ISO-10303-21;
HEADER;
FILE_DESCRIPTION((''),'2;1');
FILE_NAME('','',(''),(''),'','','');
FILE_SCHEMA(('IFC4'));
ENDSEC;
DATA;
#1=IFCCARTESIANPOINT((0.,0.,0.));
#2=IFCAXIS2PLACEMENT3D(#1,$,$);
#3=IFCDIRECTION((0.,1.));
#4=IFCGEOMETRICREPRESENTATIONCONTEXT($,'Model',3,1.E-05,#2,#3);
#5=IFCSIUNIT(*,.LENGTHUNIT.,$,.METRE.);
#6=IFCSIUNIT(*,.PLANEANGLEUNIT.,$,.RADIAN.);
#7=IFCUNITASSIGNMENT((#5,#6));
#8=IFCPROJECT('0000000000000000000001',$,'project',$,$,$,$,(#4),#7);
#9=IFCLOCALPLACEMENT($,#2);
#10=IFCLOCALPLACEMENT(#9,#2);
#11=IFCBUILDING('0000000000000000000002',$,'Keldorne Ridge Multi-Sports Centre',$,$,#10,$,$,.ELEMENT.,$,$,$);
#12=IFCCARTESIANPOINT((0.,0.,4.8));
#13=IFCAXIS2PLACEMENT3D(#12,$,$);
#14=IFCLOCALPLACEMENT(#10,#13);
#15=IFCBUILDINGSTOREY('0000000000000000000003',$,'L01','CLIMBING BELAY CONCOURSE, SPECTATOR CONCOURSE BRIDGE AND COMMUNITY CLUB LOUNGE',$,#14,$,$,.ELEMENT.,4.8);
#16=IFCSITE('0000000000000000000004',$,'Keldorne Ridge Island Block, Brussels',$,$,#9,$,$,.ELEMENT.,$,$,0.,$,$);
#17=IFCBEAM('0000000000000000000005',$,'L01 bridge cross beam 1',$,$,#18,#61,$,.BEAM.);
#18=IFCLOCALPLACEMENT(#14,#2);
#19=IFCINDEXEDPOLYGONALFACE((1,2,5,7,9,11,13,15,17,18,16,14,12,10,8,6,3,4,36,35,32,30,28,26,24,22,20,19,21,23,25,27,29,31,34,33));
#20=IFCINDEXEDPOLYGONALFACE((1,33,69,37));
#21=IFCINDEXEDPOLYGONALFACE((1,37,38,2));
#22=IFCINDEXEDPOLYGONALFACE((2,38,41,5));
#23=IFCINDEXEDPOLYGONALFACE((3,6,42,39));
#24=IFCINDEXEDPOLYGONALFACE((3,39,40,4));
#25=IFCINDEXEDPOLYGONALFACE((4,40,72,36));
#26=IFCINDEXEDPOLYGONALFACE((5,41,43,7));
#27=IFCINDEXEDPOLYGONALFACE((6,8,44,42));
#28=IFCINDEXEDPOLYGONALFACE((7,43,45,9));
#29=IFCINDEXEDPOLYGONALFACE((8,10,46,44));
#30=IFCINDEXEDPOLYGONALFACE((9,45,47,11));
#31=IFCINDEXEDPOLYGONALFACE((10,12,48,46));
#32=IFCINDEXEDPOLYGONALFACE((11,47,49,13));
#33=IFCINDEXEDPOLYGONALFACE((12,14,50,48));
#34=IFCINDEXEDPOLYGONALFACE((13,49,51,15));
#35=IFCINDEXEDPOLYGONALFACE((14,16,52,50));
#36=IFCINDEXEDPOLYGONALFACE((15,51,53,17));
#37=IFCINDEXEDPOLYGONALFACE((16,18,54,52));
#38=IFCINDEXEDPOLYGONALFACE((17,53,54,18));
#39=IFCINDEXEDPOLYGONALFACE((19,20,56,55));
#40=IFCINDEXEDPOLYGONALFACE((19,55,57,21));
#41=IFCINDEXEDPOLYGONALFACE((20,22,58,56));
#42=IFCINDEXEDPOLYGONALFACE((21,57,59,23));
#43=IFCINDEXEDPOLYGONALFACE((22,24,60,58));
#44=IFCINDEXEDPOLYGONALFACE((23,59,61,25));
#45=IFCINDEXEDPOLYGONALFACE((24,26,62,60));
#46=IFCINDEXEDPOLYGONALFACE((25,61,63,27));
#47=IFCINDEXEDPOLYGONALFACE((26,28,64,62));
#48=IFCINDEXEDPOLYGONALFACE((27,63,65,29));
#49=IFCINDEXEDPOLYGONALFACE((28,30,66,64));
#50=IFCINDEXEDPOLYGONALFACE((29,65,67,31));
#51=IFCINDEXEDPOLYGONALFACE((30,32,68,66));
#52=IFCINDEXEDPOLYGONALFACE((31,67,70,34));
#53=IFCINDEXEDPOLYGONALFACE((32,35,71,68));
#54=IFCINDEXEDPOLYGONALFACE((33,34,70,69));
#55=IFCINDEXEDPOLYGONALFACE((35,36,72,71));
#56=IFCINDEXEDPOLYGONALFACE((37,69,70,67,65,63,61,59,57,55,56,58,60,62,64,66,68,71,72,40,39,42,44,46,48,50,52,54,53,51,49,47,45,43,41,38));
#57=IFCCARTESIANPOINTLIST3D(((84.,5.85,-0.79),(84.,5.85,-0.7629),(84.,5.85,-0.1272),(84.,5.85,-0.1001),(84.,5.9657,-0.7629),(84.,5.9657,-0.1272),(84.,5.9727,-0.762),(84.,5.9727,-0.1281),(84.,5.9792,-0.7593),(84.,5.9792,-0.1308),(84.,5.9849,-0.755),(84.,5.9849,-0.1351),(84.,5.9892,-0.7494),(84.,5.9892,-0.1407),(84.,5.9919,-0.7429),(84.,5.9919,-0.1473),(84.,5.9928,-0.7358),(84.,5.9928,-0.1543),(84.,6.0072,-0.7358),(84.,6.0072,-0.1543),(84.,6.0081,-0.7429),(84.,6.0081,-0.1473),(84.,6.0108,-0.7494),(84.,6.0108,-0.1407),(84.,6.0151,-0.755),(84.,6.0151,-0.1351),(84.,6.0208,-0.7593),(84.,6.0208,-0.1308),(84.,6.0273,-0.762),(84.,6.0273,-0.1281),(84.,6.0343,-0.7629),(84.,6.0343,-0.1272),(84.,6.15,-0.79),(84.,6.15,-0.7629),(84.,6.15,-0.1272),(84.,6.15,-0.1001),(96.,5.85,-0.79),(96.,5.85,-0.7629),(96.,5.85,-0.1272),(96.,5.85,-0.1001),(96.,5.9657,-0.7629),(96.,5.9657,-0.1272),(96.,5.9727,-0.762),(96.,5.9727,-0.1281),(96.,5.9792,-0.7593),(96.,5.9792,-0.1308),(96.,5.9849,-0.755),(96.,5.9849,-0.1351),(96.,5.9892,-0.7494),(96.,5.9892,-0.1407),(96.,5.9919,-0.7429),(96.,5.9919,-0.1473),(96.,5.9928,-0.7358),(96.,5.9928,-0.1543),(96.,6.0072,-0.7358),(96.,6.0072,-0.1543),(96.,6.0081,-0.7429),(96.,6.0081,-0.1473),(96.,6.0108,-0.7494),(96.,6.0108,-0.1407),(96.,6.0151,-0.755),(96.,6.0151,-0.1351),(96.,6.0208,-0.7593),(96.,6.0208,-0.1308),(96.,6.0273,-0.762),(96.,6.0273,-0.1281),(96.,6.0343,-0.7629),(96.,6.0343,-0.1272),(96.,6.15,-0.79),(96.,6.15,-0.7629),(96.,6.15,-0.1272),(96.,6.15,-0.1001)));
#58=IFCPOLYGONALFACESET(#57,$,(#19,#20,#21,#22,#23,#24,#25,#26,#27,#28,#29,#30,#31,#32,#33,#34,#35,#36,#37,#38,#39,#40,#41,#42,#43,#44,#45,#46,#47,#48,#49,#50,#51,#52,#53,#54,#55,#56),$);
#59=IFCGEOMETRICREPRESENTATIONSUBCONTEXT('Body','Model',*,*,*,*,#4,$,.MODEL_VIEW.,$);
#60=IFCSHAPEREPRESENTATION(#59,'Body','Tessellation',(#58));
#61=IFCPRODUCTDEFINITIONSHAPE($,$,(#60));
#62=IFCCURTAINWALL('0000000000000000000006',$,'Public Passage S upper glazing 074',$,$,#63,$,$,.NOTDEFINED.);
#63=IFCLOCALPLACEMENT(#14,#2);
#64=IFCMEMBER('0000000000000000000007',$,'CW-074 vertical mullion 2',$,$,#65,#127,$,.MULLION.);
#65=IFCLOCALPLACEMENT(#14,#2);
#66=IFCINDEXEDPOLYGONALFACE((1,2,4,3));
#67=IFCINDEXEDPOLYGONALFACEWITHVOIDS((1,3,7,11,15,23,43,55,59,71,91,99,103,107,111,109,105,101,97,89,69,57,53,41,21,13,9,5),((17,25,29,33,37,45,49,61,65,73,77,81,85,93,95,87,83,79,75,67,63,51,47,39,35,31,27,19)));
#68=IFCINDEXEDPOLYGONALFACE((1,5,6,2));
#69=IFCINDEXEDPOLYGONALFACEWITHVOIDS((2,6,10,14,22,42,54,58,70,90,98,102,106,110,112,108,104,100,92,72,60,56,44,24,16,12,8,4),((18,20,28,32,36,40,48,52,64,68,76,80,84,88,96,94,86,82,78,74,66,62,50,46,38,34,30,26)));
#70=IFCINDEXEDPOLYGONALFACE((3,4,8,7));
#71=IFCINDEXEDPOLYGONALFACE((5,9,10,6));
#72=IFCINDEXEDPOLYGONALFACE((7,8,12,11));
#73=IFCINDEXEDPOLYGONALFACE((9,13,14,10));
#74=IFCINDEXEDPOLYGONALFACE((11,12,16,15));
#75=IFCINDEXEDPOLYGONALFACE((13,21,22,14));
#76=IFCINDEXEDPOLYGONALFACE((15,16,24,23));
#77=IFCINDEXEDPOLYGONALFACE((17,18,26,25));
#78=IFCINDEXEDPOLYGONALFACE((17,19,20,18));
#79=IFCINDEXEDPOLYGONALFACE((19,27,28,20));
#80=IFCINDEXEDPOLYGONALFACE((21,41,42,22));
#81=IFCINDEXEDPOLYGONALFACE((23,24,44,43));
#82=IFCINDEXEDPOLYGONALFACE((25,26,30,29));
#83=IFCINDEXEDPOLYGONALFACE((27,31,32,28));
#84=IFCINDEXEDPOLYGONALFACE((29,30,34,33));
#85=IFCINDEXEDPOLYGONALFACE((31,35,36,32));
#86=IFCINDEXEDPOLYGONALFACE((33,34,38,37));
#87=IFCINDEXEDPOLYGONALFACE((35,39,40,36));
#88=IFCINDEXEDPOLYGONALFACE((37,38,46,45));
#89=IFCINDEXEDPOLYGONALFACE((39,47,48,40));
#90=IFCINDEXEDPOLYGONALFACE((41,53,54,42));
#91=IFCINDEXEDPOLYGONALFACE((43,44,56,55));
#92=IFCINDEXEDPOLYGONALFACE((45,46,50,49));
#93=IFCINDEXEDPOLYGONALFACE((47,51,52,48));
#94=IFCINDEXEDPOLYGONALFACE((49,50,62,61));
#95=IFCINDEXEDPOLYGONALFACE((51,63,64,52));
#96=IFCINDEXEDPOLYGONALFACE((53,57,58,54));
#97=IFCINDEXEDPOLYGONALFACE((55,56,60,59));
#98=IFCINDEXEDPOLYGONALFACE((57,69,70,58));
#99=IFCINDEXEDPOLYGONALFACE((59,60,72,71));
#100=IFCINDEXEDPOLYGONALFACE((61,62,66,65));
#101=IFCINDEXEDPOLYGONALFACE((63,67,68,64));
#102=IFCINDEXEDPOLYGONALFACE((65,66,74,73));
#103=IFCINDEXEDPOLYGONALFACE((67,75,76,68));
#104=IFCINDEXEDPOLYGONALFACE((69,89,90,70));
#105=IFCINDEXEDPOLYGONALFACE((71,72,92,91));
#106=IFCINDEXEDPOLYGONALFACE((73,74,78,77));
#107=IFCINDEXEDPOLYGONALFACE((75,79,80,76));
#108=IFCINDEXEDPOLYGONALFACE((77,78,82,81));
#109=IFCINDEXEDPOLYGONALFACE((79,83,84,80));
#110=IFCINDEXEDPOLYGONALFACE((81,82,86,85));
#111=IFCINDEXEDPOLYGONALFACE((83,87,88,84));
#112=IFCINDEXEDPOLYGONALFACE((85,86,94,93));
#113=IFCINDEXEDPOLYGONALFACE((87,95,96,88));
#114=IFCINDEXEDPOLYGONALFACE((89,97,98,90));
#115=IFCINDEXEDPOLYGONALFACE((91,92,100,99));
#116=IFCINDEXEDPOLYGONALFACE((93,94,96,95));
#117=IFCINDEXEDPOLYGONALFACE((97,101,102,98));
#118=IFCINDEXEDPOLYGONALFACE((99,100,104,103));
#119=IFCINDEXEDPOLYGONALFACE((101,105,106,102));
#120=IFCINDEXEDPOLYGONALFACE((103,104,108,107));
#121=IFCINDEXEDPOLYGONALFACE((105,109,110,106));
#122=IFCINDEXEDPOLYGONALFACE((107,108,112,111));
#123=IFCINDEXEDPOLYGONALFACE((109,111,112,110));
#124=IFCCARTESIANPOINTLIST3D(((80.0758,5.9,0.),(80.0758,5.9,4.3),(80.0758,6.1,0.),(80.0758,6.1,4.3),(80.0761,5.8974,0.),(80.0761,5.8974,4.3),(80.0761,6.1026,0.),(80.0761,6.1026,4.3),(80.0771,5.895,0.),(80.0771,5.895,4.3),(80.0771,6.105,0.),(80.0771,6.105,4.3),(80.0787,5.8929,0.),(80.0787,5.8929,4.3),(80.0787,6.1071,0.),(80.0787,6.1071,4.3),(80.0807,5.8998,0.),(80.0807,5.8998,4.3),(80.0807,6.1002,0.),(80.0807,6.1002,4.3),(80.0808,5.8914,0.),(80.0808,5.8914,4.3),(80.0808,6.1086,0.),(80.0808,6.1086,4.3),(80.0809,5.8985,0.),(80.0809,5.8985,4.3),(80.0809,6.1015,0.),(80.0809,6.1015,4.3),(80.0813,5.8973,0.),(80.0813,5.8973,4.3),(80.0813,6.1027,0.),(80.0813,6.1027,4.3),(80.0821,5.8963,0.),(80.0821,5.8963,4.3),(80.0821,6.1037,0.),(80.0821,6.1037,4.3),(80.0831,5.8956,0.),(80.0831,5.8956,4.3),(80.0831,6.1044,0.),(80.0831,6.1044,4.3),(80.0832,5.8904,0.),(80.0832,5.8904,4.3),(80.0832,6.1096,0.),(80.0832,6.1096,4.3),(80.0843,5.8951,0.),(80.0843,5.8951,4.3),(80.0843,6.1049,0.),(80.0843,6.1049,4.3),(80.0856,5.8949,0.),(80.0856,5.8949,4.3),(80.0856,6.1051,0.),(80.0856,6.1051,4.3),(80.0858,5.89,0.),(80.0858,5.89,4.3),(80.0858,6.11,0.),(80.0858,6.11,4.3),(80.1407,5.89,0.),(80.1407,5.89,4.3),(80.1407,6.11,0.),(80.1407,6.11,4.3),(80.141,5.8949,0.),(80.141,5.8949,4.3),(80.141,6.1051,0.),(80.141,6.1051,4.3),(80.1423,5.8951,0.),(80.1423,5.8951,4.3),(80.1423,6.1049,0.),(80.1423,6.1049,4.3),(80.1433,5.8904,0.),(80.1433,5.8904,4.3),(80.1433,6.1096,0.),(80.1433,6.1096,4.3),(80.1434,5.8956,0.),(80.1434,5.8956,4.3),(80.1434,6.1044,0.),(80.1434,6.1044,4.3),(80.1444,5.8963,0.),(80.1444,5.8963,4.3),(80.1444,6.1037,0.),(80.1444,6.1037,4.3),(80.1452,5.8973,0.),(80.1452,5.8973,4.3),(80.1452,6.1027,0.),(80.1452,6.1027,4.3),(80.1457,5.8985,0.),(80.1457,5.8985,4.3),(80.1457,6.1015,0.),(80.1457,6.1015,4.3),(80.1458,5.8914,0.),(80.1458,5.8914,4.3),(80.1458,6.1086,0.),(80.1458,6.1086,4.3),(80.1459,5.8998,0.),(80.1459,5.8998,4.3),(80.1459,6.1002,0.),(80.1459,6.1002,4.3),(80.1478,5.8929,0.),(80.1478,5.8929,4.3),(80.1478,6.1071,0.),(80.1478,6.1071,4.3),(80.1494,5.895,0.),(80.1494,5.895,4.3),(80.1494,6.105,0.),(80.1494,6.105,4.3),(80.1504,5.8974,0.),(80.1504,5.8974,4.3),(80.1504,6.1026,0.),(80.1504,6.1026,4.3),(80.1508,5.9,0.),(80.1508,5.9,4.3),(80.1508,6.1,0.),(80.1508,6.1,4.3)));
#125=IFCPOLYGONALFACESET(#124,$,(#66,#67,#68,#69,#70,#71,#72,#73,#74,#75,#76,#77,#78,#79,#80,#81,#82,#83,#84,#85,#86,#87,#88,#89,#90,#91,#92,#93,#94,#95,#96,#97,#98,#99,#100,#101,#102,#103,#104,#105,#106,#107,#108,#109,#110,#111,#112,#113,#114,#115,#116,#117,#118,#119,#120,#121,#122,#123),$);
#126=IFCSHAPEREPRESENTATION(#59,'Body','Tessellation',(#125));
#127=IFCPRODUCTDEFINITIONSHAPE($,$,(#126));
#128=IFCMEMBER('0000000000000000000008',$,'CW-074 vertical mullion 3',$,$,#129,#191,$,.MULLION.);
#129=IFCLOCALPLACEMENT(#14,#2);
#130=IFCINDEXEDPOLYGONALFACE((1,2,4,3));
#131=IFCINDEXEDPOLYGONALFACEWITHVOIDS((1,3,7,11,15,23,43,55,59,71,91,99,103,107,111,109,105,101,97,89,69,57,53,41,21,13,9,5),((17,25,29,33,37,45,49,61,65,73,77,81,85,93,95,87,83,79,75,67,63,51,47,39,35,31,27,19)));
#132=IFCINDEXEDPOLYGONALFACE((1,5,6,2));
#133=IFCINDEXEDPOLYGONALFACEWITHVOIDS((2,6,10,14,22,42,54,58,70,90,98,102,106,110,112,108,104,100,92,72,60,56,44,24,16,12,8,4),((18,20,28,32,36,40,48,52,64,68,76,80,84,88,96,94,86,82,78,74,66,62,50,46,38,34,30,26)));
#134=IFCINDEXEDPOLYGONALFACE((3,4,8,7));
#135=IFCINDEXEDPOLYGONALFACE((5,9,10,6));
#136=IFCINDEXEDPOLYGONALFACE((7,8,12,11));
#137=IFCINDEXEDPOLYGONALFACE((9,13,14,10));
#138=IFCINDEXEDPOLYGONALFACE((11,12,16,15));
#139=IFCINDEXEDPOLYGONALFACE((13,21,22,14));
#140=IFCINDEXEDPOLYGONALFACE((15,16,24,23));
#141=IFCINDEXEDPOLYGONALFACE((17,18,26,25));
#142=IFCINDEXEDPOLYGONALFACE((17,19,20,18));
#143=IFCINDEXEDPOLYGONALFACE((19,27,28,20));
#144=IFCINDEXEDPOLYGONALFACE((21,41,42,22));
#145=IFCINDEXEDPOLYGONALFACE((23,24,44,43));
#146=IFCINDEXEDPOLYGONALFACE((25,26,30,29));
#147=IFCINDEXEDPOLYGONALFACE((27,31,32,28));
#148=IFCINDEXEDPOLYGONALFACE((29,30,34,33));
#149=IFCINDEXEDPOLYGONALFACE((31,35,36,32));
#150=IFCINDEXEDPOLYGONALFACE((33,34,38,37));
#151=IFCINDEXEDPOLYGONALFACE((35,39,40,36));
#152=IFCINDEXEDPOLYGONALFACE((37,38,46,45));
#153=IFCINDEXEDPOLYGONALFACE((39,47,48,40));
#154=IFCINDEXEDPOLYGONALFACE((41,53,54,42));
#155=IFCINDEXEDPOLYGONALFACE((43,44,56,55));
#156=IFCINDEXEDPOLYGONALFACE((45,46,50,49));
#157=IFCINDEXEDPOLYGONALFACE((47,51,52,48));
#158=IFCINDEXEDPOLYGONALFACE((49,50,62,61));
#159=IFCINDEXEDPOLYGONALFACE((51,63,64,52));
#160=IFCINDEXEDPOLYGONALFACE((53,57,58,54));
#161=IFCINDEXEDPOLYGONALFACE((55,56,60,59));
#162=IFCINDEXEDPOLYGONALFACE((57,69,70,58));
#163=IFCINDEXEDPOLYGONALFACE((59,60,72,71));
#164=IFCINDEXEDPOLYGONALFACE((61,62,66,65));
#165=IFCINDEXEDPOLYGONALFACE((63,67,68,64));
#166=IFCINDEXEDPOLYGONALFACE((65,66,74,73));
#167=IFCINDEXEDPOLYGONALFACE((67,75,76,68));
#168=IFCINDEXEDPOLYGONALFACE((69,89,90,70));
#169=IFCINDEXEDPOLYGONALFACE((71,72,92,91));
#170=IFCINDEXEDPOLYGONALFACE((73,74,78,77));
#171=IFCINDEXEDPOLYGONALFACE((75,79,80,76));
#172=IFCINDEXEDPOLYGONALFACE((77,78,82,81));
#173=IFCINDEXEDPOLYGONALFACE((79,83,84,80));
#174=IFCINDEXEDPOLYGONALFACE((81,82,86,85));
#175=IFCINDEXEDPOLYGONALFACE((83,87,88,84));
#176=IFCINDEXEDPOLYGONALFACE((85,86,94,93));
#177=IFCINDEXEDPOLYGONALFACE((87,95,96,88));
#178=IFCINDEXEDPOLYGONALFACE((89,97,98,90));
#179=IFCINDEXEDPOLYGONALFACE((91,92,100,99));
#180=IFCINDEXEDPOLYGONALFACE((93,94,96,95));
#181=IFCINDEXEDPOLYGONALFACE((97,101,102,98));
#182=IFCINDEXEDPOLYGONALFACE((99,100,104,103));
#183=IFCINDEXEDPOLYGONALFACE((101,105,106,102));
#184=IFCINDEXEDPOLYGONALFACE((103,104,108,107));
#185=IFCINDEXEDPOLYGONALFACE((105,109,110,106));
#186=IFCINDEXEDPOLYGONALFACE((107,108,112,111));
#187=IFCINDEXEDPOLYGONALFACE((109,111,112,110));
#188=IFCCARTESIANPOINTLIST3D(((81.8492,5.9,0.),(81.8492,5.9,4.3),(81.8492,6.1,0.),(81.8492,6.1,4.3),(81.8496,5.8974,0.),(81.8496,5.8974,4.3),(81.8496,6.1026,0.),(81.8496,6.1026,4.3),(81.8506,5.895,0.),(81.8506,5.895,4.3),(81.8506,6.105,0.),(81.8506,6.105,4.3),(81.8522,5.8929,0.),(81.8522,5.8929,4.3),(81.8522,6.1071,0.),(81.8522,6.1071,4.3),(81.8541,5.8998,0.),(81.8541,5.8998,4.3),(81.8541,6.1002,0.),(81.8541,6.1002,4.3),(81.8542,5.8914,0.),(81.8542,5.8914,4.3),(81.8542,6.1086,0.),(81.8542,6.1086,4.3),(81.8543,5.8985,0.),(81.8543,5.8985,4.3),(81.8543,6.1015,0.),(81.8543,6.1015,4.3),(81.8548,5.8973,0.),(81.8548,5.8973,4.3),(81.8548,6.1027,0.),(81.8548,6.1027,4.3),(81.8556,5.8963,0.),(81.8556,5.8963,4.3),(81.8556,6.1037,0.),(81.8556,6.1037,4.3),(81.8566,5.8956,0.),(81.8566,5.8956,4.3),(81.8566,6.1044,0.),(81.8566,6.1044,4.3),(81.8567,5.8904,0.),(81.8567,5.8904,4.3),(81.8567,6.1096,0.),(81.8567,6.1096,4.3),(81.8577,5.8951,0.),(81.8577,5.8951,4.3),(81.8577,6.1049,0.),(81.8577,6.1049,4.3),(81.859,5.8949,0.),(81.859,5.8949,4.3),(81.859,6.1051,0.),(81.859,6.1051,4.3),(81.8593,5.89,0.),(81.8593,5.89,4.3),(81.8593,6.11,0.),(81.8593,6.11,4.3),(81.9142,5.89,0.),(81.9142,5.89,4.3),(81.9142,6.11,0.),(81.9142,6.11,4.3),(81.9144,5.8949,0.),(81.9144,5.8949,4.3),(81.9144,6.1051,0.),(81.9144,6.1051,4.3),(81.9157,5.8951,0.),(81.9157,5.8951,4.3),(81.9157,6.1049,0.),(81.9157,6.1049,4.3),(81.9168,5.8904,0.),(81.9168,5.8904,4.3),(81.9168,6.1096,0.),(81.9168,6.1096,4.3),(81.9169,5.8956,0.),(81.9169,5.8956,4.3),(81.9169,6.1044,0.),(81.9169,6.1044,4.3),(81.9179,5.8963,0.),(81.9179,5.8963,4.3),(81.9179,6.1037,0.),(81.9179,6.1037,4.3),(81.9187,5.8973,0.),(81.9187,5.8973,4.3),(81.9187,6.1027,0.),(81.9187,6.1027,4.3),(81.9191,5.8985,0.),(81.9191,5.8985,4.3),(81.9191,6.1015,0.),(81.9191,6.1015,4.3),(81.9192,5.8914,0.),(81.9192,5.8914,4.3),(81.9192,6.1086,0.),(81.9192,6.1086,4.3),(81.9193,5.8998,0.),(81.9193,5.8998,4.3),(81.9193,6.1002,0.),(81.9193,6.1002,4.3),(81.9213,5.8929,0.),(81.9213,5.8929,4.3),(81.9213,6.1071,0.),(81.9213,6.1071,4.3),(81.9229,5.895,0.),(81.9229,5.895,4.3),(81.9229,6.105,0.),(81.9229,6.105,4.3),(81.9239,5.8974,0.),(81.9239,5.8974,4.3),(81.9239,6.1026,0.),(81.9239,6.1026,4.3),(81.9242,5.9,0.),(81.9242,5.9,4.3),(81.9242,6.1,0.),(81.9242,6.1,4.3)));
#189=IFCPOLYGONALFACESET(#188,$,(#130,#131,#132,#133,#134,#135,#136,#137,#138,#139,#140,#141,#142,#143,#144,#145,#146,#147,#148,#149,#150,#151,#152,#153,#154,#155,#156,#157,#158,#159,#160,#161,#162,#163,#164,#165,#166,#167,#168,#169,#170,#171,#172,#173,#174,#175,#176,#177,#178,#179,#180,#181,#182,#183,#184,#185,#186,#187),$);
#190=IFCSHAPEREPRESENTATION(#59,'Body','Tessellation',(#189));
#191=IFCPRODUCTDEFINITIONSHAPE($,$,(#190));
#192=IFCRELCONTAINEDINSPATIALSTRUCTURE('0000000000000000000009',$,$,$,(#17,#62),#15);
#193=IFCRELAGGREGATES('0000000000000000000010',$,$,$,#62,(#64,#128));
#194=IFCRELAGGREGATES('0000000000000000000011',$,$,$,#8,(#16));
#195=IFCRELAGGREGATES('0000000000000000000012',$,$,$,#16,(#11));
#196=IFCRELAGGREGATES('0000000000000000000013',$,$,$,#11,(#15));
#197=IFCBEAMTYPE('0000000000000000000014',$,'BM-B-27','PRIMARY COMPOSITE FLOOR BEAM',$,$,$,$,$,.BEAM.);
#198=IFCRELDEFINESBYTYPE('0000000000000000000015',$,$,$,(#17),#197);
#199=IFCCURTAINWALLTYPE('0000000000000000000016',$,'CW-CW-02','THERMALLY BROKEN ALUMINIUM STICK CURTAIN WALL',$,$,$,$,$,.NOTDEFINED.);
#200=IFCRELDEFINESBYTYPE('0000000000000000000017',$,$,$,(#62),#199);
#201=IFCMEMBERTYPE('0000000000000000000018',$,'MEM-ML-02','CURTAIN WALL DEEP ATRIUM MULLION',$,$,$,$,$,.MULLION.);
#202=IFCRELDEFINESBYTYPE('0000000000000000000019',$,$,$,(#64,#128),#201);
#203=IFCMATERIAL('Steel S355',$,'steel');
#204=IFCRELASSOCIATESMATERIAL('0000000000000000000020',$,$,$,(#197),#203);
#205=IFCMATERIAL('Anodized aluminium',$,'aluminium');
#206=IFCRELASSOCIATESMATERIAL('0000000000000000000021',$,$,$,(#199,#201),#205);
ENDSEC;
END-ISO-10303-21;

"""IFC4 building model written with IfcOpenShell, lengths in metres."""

from ifc_helpers import new_model, si_unit, direction, frame, origin, origin_2d, place, context, subcontext, project, spatial, hollow_rectangle, i_section, extrude, material, material_profile, profile_set, type_object, element, aggregate, save


model = new_model("IFC4")

# Units and contexts
model_context = context("Model", 3, precision=1e-05, world=origin(), true_north=direction((0.0, 1.0)))
body_context = subcontext(model_context, "Body", "Model", "MODEL_VIEW")
ifc_project = project(units=[si_unit("LENGTHUNIT", "METRE"), si_unit("PLANEANGLEUNIT", "RADIAN")], contexts=[model_context])

# Site, building, storey
site_placement = place(None, origin())
site = spatial("IfcSite", under=ifc_project, at=site_placement, Name="Keldorne Ridge Island Block, Brussels", CompositionType="ELEMENT", RefElevation=0.0)
building_placement = place(site_placement, origin())
building = spatial("IfcBuilding", under=site, at=building_placement, Name="Keldorne Ridge Multi-Sports Centre", CompositionType="ELEMENT")
storey_placement = place(building_placement, frame((0.0, 0.0, 4.8)))
storey = spatial("IfcBuildingStorey", under=building, at=storey_placement, Name="L01", Description="CLIMBING BELAY CONCOURSE, SPECTATOR CONCOURSE BRIDGE AND COMMUNITY CLUB LOUNGE", CompositionType="ELEMENT", Elevation=4.8)

# Shared definitions
ifc_material_1 = material(Name="Steel S355", Category="steel")

# Beam
ifc_material_profile_1 = material_profile(ifc_material_1, i_section(OverallWidth=0.3, OverallDepth=0.6899, WebThickness=0.0144, FlangeThickness=0.0271, FilletRadius=0.0271, at=origin_2d()), Name="HEA 700")
ifc_profile_set_1 = profile_set([ifc_material_profile_1], Name="Steel S355")
beam_type_1 = type_object("IfcBeamType", Name="BM-B-27", Description="PRIMARY COMPOSITE FLOOR BEAM", PredefinedType="BEAM", material=ifc_profile_set_1)
beam_1_placement = place(storey_placement, frame((84.0, 6.0, -0.4451), z_axis=(1.0, 0.0, 0.0), x_axis=(0.0, 1.0, 0.0)))
element("IfcBeam", 1, at=beam_1_placement, inside=storey, type_object=beam_type_1, Name="L01 bridge cross beam 1", PredefinedType="BEAM", context=body_context, shape_type="SweptSolid", body=[
    extrude(i_section(OverallWidth=0.3, OverallDepth=0.6899, WebThickness=0.0144, FlangeThickness=0.0271, FilletRadius=0.0271, at=origin_2d()), origin(), (0.0, 0.0, 1.0), 12.0),
])

# Curtain wall, members
ifc_material_2 = material(Name="Anodized aluminium", Category="aluminium")
curtain_wall_type_1 = type_object("IfcCurtainWallType", Name="CW-CW-02", Description="THERMALLY BROKEN ALUMINIUM STICK CURTAIN WALL", PredefinedType="NOTDEFINED", material=ifc_material_2)
curtain_wall_1_placement = place(storey_placement, origin())
curtain_wall_1 = element("IfcCurtainWall", 2, at=curtain_wall_1_placement, inside=storey, type_object=curtain_wall_type_1, Name="Public Passage S upper glazing 074", PredefinedType="NOTDEFINED")
ifc_material_profile_2 = material_profile(ifc_material_2, hollow_rectangle(XDim=0.075, YDim=0.22, WallThickness=0.0049, InnerFilletRadius=0.0049, OuterFilletRadius=0.01, at=origin_2d()), Name="ALU MULLION 220x75x5")
ifc_profile_set_2 = profile_set([ifc_material_profile_2], Name="Anodized aluminium")
member_type_1 = type_object("IfcMemberType", Name="MEM-ML-02", Description="CURTAIN WALL DEEP ATRIUM MULLION", PredefinedType="MULLION", material=ifc_profile_set_2)
member_1_placement = place(storey_placement, frame((80.1133, 6.0, 0.0), z_axis=(0.0, 0.0, 1.0), x_axis=(1.0, 0.0, 0.0)))
member_1 = element("IfcMember", 3, at=member_1_placement, type_object=member_type_1, Name="CW-074 vertical mullion 2", PredefinedType="MULLION", context=body_context, shape_type="SweptSolid", body=[
    extrude(hollow_rectangle(XDim=0.075, YDim=0.22, WallThickness=0.0049, InnerFilletRadius=0.0049, OuterFilletRadius=0.01, at=origin_2d()), origin(), (0.0, 0.0, 1.0), 4.3),
])
member_2_placement = place(storey_placement, frame((81.8867, 6.0, 0.0), z_axis=(0.0, 0.0, 1.0), x_axis=(1.0, 0.0, 0.0)))
member_2 = element("IfcMember", 4, at=member_2_placement, type_object=member_type_1, Name="CW-074 vertical mullion 3", PredefinedType="MULLION", context=body_context, shape_type="SweptSolid", body=[
    extrude(hollow_rectangle(XDim=0.075, YDim=0.22, WallThickness=0.0049, InnerFilletRadius=0.0049, OuterFilletRadius=0.01, at=origin_2d()), origin(), (0.0, 0.0, 1.0), 4.3),
])

aggregate(curtain_wall_1, [member_1, member_2])

save(model, "model.ifc")
